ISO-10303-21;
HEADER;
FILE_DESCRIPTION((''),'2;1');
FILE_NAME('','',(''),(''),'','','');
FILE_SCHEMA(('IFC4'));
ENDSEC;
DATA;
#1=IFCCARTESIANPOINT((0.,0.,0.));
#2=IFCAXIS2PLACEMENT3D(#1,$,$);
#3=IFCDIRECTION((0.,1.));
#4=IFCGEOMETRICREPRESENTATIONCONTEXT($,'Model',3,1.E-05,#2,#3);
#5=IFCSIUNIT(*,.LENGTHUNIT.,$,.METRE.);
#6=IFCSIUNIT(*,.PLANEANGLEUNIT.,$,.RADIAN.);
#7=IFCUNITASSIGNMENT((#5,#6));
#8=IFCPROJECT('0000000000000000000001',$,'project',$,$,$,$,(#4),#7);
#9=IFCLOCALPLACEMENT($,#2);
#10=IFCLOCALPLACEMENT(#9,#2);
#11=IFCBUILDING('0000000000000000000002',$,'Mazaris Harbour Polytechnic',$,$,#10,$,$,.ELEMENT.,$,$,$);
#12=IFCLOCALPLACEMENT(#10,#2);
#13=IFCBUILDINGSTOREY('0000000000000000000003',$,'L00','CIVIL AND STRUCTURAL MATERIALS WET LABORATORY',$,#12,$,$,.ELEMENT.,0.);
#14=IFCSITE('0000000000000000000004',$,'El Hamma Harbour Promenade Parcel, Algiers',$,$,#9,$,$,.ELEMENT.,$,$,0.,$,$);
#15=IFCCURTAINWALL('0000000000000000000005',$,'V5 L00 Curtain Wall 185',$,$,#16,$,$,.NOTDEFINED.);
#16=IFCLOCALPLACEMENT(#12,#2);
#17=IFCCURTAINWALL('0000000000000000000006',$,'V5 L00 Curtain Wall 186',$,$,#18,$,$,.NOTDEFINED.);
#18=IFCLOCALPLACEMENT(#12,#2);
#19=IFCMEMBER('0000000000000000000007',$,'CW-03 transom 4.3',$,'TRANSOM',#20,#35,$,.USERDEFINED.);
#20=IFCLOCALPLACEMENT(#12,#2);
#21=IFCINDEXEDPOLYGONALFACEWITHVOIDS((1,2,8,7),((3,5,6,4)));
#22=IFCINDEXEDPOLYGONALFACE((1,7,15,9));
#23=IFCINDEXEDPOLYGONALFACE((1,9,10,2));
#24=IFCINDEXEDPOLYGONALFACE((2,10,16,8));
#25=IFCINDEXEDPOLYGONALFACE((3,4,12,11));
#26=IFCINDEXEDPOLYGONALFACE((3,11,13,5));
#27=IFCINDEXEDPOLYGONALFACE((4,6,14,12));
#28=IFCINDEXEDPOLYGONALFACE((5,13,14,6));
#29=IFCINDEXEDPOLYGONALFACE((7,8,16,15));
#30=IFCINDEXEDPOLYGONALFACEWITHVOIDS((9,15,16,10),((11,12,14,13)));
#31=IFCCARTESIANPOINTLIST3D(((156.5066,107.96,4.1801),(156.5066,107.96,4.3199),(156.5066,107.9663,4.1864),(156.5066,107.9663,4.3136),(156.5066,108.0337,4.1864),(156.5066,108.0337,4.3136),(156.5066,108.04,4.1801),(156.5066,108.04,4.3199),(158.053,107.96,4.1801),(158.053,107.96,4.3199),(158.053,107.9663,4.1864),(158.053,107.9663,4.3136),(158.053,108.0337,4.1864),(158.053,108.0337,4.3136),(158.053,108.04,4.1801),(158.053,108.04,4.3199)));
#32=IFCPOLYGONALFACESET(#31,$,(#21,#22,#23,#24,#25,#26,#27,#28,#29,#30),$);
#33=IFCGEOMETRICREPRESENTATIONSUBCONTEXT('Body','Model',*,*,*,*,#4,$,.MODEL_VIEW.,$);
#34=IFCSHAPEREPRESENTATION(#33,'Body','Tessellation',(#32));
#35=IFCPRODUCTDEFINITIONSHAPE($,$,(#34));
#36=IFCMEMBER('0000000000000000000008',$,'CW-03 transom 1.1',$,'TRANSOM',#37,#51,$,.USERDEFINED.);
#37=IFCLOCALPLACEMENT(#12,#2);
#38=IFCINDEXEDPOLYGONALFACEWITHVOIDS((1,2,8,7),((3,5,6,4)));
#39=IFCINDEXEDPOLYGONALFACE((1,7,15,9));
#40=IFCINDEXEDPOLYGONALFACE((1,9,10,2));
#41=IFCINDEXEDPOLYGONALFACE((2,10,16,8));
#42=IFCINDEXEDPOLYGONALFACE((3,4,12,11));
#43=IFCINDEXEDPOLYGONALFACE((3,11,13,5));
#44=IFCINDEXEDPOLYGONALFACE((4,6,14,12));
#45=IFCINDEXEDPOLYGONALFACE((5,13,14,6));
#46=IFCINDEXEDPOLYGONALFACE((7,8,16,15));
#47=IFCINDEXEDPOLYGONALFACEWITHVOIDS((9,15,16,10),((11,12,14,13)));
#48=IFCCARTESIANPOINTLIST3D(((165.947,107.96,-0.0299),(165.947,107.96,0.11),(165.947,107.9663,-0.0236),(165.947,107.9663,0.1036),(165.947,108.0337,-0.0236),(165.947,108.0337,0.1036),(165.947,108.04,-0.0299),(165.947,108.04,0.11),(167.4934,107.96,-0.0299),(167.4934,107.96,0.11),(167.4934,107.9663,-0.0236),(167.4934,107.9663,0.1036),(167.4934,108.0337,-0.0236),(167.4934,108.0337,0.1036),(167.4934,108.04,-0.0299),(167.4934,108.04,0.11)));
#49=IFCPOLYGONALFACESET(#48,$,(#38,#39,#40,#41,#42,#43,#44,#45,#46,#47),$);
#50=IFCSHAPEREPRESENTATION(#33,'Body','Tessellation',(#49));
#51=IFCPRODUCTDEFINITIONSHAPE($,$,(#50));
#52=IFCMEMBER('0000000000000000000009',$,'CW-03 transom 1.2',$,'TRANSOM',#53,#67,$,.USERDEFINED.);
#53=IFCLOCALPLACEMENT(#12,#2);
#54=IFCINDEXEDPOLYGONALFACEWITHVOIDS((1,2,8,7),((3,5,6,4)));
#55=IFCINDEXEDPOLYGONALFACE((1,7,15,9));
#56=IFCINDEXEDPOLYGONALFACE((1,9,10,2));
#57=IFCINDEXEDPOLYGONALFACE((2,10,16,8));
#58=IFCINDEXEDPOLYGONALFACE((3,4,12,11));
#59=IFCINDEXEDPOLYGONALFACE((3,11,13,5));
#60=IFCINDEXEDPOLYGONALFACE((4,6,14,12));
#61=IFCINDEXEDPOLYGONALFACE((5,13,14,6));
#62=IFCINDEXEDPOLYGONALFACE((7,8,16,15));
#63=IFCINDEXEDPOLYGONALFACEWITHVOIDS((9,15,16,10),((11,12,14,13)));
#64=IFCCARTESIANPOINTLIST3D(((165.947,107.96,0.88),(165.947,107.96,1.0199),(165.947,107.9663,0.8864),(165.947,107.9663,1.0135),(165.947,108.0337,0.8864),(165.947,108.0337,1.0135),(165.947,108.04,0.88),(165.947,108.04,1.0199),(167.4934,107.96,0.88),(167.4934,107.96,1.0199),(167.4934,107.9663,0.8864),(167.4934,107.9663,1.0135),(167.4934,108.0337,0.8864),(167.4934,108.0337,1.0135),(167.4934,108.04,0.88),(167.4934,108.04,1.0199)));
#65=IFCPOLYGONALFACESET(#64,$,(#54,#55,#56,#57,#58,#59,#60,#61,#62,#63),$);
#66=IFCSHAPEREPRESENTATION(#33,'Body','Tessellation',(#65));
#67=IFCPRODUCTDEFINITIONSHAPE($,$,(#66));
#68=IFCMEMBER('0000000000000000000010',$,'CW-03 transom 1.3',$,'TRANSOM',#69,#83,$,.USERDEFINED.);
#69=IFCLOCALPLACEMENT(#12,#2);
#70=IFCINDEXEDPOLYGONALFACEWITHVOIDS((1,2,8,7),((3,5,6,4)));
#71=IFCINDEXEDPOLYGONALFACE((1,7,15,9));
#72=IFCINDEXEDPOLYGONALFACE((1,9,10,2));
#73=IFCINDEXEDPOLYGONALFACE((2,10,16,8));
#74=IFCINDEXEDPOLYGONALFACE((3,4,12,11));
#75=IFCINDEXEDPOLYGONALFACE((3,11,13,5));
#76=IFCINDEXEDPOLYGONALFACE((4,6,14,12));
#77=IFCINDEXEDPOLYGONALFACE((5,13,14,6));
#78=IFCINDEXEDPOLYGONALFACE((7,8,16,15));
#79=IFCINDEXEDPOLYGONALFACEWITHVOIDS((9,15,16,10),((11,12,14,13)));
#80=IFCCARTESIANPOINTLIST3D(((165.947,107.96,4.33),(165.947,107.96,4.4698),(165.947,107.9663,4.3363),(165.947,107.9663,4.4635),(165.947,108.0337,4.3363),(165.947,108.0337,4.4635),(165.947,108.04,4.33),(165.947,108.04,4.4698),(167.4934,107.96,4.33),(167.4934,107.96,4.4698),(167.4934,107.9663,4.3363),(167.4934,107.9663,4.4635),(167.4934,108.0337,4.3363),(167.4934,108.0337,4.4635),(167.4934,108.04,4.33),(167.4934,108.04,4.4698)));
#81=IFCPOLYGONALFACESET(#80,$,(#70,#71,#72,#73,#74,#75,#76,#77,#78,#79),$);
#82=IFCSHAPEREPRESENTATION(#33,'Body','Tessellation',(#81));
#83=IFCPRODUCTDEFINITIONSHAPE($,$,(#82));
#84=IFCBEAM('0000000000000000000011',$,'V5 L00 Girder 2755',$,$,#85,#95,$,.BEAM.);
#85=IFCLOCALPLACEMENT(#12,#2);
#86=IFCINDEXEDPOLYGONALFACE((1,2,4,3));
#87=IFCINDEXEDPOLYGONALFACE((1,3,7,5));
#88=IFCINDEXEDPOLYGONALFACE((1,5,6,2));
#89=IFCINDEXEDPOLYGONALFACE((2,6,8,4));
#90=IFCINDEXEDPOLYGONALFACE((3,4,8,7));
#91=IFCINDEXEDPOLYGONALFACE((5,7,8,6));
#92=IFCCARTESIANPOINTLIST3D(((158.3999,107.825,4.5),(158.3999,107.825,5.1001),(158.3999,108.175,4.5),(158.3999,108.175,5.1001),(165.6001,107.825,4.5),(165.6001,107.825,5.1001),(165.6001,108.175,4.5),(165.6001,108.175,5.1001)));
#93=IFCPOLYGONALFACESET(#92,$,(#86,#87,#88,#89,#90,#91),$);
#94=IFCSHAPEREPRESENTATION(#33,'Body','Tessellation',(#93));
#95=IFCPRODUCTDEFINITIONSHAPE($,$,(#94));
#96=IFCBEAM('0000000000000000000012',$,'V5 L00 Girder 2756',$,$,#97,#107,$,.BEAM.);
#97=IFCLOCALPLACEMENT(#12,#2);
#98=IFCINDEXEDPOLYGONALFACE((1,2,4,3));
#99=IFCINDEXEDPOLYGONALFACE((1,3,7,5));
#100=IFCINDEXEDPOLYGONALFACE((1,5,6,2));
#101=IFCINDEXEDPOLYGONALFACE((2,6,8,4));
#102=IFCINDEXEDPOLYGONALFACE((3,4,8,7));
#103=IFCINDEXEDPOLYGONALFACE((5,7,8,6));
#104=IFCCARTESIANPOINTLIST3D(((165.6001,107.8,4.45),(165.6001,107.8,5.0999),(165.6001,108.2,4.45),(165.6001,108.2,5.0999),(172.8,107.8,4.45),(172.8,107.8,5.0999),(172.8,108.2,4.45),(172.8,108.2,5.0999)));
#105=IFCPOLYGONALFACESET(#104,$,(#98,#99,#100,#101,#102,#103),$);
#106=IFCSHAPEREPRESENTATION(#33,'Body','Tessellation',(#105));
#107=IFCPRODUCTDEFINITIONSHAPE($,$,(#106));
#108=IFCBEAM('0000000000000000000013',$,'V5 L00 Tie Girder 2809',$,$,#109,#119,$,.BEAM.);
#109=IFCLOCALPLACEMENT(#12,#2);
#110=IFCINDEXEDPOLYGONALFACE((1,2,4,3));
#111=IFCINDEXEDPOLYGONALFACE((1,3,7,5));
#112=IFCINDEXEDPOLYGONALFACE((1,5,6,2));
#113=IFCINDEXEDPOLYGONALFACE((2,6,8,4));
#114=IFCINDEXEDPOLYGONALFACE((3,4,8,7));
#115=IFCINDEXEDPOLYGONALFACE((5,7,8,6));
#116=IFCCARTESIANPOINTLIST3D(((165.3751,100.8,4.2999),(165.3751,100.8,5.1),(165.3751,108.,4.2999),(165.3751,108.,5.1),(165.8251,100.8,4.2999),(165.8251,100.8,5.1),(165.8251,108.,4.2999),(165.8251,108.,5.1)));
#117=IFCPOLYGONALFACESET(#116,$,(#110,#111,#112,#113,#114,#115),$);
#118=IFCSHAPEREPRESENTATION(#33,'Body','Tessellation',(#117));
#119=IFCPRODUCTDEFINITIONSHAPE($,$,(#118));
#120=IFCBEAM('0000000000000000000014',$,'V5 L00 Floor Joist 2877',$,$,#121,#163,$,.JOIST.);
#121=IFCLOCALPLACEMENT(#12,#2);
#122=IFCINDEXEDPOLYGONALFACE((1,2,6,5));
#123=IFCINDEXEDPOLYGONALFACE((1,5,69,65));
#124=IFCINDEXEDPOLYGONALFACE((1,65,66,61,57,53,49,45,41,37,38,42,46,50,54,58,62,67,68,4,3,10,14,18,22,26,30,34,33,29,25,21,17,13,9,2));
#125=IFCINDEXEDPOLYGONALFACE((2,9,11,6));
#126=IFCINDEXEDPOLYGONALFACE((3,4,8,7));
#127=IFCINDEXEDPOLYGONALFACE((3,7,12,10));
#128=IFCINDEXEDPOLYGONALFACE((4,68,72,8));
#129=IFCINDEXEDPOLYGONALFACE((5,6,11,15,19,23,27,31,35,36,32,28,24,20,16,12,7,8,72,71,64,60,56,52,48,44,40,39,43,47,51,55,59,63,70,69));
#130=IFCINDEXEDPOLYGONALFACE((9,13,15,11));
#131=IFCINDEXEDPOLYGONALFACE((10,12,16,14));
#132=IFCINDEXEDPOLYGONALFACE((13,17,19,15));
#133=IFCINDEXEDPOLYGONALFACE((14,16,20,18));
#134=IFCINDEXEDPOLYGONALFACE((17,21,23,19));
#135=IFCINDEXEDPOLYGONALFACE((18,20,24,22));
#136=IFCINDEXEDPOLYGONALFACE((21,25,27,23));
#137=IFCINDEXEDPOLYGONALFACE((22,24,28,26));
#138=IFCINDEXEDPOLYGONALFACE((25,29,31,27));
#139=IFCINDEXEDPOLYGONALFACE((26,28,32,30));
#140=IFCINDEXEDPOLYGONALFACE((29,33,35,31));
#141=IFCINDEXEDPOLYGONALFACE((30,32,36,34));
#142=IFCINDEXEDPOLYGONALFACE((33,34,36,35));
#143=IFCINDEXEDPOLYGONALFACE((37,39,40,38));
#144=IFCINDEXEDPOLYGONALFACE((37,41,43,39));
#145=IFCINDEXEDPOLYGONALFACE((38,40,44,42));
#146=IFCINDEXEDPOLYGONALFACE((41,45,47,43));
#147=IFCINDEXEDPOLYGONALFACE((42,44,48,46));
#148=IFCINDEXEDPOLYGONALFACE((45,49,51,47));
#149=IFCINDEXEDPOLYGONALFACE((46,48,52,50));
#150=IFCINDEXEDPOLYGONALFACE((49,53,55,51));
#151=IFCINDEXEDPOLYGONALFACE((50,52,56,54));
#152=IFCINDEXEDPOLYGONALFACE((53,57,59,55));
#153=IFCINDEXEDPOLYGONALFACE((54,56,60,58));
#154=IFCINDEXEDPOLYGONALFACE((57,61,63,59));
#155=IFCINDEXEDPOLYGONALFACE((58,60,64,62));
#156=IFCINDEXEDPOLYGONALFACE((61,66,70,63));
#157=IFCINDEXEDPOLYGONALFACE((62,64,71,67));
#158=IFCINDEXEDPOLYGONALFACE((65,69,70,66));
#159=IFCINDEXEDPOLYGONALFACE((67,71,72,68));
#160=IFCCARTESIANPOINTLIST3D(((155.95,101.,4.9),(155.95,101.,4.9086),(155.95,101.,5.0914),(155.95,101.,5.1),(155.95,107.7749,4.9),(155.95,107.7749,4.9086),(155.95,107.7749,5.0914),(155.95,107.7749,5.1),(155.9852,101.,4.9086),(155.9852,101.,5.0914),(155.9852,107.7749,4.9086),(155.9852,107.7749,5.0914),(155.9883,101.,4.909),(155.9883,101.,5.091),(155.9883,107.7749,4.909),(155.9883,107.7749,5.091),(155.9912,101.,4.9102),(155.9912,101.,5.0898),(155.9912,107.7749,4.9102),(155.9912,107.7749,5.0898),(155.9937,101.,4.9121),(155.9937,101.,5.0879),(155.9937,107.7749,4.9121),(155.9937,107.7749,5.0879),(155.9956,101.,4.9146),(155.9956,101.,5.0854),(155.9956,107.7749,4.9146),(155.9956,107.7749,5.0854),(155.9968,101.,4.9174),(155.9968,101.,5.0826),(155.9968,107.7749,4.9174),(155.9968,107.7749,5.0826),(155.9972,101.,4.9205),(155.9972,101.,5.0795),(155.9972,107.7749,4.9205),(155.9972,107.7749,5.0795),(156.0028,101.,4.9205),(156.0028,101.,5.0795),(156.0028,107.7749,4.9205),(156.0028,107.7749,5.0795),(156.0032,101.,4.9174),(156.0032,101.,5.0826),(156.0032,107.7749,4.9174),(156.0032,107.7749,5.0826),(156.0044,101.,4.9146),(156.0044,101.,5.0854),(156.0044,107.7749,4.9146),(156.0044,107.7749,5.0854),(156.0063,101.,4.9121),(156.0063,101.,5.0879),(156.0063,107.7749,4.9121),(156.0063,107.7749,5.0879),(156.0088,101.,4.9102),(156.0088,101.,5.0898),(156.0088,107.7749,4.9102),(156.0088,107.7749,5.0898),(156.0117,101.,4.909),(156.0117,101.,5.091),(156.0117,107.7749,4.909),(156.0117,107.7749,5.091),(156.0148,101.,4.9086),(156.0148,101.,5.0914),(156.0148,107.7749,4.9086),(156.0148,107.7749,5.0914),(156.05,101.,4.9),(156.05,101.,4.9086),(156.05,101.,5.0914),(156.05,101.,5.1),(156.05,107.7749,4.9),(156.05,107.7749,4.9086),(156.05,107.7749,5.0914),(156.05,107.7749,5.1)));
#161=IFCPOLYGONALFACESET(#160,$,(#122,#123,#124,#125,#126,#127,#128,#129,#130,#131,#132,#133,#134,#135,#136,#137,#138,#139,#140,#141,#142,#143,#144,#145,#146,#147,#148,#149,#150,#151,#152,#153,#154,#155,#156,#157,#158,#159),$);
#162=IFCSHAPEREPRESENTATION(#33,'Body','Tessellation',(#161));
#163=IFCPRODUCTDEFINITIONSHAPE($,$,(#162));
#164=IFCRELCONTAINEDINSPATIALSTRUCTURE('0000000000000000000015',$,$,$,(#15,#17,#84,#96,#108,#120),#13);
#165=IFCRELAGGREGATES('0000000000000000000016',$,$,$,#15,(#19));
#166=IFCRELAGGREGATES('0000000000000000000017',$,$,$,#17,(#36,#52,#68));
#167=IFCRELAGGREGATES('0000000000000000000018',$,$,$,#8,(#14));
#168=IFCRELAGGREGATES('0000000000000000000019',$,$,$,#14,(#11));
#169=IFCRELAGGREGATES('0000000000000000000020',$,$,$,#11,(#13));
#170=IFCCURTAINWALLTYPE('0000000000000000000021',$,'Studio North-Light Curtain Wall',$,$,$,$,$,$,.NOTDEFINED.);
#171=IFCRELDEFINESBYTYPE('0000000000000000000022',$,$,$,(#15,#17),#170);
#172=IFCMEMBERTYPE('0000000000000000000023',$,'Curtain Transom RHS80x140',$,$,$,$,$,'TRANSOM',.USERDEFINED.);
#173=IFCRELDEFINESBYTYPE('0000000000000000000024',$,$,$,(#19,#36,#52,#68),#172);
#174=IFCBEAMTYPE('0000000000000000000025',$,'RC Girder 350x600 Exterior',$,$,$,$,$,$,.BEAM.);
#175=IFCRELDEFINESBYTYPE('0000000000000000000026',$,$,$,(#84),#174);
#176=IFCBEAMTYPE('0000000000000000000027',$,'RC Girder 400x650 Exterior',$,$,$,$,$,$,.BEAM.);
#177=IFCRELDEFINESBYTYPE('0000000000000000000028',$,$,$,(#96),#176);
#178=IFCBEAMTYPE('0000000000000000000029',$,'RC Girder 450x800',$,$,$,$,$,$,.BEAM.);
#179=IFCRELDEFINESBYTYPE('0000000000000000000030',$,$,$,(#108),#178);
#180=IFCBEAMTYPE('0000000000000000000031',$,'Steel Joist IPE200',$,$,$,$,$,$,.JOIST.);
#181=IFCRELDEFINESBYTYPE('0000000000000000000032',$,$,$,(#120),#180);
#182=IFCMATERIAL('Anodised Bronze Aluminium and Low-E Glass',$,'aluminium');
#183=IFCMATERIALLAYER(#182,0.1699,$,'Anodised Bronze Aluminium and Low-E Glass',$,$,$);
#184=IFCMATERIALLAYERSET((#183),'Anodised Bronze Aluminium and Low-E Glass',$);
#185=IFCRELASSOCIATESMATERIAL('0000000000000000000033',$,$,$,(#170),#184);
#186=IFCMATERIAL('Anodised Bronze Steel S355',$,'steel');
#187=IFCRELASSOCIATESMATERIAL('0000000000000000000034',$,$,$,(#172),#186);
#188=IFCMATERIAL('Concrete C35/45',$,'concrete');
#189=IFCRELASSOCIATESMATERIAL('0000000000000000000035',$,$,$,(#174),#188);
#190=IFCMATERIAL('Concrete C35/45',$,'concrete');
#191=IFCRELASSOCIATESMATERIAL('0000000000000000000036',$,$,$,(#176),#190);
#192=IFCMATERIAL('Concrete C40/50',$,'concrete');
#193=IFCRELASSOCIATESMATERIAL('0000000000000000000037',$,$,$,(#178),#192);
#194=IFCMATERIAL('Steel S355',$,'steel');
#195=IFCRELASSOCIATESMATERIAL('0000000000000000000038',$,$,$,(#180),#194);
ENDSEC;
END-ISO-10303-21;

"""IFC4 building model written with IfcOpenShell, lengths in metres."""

from ifc_helpers import new_model, si_unit, direction, frame, origin, origin_2d, place, context, subcontext, project, spatial, rectangle, hollow_rectangle, i_section, extrude, material, layer, layer_set, material_profile, profile_set, type_object, element, aggregate, save


model = new_model("IFC4")

# Units and contexts
model_context = context("Model", 3, precision=1e-05, world=origin(), true_north=direction((0.0, 1.0)))
body_context = subcontext(model_context, "Body", "Model", "MODEL_VIEW")
ifc_project = project(units=[si_unit("LENGTHUNIT", "METRE"), si_unit("PLANEANGLEUNIT", "RADIAN")], contexts=[model_context])

# Site, building, storey
site_placement = place(None, origin())
site = spatial("IfcSite", under=ifc_project, at=site_placement, Name="El Hamma Harbour Promenade Parcel, Algiers", CompositionType="ELEMENT", RefElevation=0.0)
building_placement = place(site_placement, origin())
building = spatial("IfcBuilding", under=site, at=building_placement, Name="Mazaris Harbour Polytechnic", CompositionType="ELEMENT")
storey_placement = place(building_placement, origin())
storey = spatial("IfcBuildingStorey", under=building, at=storey_placement, Name="L00", Description="CIVIL AND STRUCTURAL MATERIALS WET LABORATORY", CompositionType="ELEMENT", Elevation=0.0)

# Curtain wall
ifc_material_1 = material(Name="Anodised Bronze Aluminium and Low-E Glass", Category="aluminium")
ifc_layer_1 = layer(ifc_material_1, 0.1699, Name="Anodised Bronze Aluminium and Low-E Glass")
ifc_layer_set_1 = layer_set([ifc_layer_1], Name="Anodised Bronze Aluminium and Low-E Glass")
curtain_wall_type = type_object("IfcCurtainWallType", Name="Studio North-Light Curtain Wall", PredefinedType="NOTDEFINED", material=ifc_layer_set_1)
curtain_wall_1_placement = place(storey_placement, origin())
curtain_wall_1 = element("IfcCurtainWall", 1, at=curtain_wall_1_placement, inside=storey, type_object=curtain_wall_type, Name="V5 L00 Curtain Wall 185", PredefinedType="NOTDEFINED")

# Curtain wall
curtain_wall_2_placement = place(storey_placement, origin())
curtain_wall_2 = element("IfcCurtainWall", 2, at=curtain_wall_2_placement, inside=storey, type_object=curtain_wall_type, Name="V5 L00 Curtain Wall 186", PredefinedType="NOTDEFINED")

# Members
ifc_material_2 = material(Name="Anodised Bronze Steel S355", Category="steel")
ifc_material_profile_1 = material_profile(ifc_material_2, hollow_rectangle(XDim=0.0801, YDim=0.1399, WallThickness=0.0063, at=origin_2d()), Name="RHS 80x140x6.3")
ifc_profile_set_1 = profile_set([ifc_material_profile_1], Name="Anodised Bronze Steel S355")
member_type_1 = type_object("IfcMemberType", Name="Curtain Transom RHS80x140", ElementType="TRANSOM", PredefinedType="USERDEFINED", material=ifc_profile_set_1)
member_1_placement = place(storey_placement, frame((156.5066, 108.0, 4.25), z_axis=(1.0, 0.0, 0.0), x_axis=(0.0, 1.0, 0.0)))
member_1 = element("IfcMember", 3, at=member_1_placement, type_object=member_type_1, Name="CW-03 transom 4.3", ObjectType="TRANSOM", PredefinedType="USERDEFINED", context=body_context, shape_type="SweptSolid", body=[
    extrude(hollow_rectangle(XDim=0.0801, YDim=0.1399, WallThickness=0.0063, at=origin_2d()), origin(), (0.0, 0.0, 1.0), 1.5464),
])
member_2_placement = place(storey_placement, frame((165.947, 108.0, 0.04), z_axis=(1.0, 0.0, 0.0), x_axis=(0.0, 1.0, 0.0)))
member_2 = element("IfcMember", 4, at=member_2_placement, type_object=member_type_1, Name="CW-03 transom 1.1", ObjectType="TRANSOM", PredefinedType="USERDEFINED", context=body_context, shape_type="SweptSolid", body=[
    extrude(hollow_rectangle(XDim=0.0801, YDim=0.1399, WallThickness=0.0063, at=origin_2d()), origin(), (0.0, 0.0, 1.0), 1.5464),
])
member_3_placement = place(storey_placement, frame((165.947, 108.0, 0.95), z_axis=(1.0, 0.0, 0.0), x_axis=(0.0, 1.0, 0.0)))
member_3 = element("IfcMember", 5, at=member_3_placement, type_object=member_type_1, Name="CW-03 transom 1.2", ObjectType="TRANSOM", PredefinedType="USERDEFINED", context=body_context, shape_type="SweptSolid", body=[
    extrude(hollow_rectangle(XDim=0.0801, YDim=0.1399, WallThickness=0.0063, at=origin_2d()), origin(), (0.0, 0.0, 1.0), 1.5464),
])
member_4_placement = place(storey_placement, frame((165.947, 108.0, 4.3999), z_axis=(1.0, 0.0, 0.0), x_axis=(0.0, 1.0, 0.0)))
member_4 = element("IfcMember", 6, at=member_4_placement, type_object=member_type_1, Name="CW-03 transom 1.3", ObjectType="TRANSOM", PredefinedType="USERDEFINED", context=body_context, shape_type="SweptSolid", body=[
    extrude(hollow_rectangle(XDim=0.0801, YDim=0.1399, WallThickness=0.0063, at=origin_2d()), origin(), (0.0, 0.0, 1.0), 1.5464),
])

# Beams
ifc_material_3 = material(Name="Concrete C35/45", Category="concrete")
ifc_material_profile_2 = material_profile(ifc_material_3, rectangle(XDim=0.3501, YDim=0.6001, at=origin_2d()), Name="RECT350x600")
ifc_profile_set_2 = profile_set([ifc_material_profile_2], Name="Concrete C35/45")
beam_type_1 = type_object("IfcBeamType", Name="RC Girder 350x600 Exterior", PredefinedType="BEAM", material=ifc_profile_set_2)
beam_1_placement = place(storey_placement, frame((158.3999, 108.0, 4.8), z_axis=(1.0, 0.0, 0.0), x_axis=(0.0, 1.0, 0.0)))
element("IfcBeam", 7, at=beam_1_placement, inside=storey, type_object=beam_type_1, Name="V5 L00 Girder 2755", PredefinedType="BEAM", context=body_context, shape_type="SweptSolid", body=[
    extrude(rectangle(XDim=0.3501, YDim=0.6001, at=origin_2d()), origin(), (0.0, 0.0, 1.0), 7.2002),
])
ifc_material_4 = material(Name="Concrete C35/45", Category="concrete")
ifc_material_profile_3 = material_profile(ifc_material_4, rectangle(XDim=0.3999, YDim=0.6499, at=origin_2d()), Name="RECT400x650")
ifc_profile_set_3 = profile_set([ifc_material_profile_3], Name="Concrete C35/45")
beam_type_2 = type_object("IfcBeamType", Name="RC Girder 400x650 Exterior", PredefinedType="BEAM", material=ifc_profile_set_3)
beam_2_placement = place(storey_placement, frame((165.6001, 108.0, 4.7749), z_axis=(1.0, 0.0, 0.0), x_axis=(0.0, 1.0, 0.0)))
element("IfcBeam", 8, at=beam_2_placement, inside=storey, type_object=beam_type_2, Name="V5 L00 Girder 2756", PredefinedType="BEAM", context=body_context, shape_type="SweptSolid", body=[
    extrude(rectangle(XDim=0.3999, YDim=0.6499, at=origin_2d()), origin(), (0.0, 0.0, 1.0), 7.2),
])
ifc_material_5 = material(Name="Concrete C40/50", Category="concrete")
ifc_material_profile_4 = material_profile(ifc_material_5, rectangle(XDim=0.45, YDim=0.8, at=origin_2d()), Name="RECT450x800")
ifc_profile_set_4 = profile_set([ifc_material_profile_4], Name="Concrete C40/50")
beam_type_3 = type_object("IfcBeamType", Name="RC Girder 450x800", PredefinedType="BEAM", material=ifc_profile_set_4)
beam_3_placement = place(storey_placement, frame((165.6001, 100.8, 4.7), z_axis=(0.0, 1.0, 0.0), x_axis=(-1.0, 0.0, 0.0)))
element("IfcBeam", 9, at=beam_3_placement, inside=storey, type_object=beam_type_3, Name="V5 L00 Tie Girder 2809", PredefinedType="BEAM", context=body_context, shape_type="SweptSolid", body=[
    extrude(rectangle(XDim=0.45, YDim=0.8, at=origin_2d()), origin(), (0.0, 0.0, 1.0), 7.2),
])
ifc_material_6 = material(Name="Steel S355", Category="steel")
ifc_material_profile_5 = material_profile(ifc_material_6, i_section(OverallWidth=0.1001, OverallDepth=0.2, WebThickness=0.0056, FlangeThickness=0.0085, FilletRadius=0.012, at=origin_2d()), Name="IPE 200")
ifc_profile_set_5 = profile_set([ifc_material_profile_5], Name="Steel S355")
beam_type_4 = type_object("IfcBeamType", Name="Steel Joist IPE200", PredefinedType="JOIST", material=ifc_profile_set_5)
beam_4_placement = place(storey_placement, frame((156.0, 101.0, 5.0), z_axis=(0.0, 1.0, 0.0), x_axis=(-1.0, 0.0, 0.0)))
element("IfcBeam", 10, at=beam_4_placement, inside=storey, type_object=beam_type_4, Name="V5 L00 Floor Joist 2877", PredefinedType="JOIST", context=body_context, shape_type="SweptSolid", body=[
    extrude(i_section(OverallWidth=0.1001, OverallDepth=0.2, WebThickness=0.0056, FlangeThickness=0.0085, FilletRadius=0.012, at=origin_2d()), origin(), (0.0, 0.0, 1.0), 6.7749),
])

aggregate(curtain_wall_1, [member_1])
aggregate(curtain_wall_2, [member_2, member_3, member_4])

save(model, "model.ifc")
